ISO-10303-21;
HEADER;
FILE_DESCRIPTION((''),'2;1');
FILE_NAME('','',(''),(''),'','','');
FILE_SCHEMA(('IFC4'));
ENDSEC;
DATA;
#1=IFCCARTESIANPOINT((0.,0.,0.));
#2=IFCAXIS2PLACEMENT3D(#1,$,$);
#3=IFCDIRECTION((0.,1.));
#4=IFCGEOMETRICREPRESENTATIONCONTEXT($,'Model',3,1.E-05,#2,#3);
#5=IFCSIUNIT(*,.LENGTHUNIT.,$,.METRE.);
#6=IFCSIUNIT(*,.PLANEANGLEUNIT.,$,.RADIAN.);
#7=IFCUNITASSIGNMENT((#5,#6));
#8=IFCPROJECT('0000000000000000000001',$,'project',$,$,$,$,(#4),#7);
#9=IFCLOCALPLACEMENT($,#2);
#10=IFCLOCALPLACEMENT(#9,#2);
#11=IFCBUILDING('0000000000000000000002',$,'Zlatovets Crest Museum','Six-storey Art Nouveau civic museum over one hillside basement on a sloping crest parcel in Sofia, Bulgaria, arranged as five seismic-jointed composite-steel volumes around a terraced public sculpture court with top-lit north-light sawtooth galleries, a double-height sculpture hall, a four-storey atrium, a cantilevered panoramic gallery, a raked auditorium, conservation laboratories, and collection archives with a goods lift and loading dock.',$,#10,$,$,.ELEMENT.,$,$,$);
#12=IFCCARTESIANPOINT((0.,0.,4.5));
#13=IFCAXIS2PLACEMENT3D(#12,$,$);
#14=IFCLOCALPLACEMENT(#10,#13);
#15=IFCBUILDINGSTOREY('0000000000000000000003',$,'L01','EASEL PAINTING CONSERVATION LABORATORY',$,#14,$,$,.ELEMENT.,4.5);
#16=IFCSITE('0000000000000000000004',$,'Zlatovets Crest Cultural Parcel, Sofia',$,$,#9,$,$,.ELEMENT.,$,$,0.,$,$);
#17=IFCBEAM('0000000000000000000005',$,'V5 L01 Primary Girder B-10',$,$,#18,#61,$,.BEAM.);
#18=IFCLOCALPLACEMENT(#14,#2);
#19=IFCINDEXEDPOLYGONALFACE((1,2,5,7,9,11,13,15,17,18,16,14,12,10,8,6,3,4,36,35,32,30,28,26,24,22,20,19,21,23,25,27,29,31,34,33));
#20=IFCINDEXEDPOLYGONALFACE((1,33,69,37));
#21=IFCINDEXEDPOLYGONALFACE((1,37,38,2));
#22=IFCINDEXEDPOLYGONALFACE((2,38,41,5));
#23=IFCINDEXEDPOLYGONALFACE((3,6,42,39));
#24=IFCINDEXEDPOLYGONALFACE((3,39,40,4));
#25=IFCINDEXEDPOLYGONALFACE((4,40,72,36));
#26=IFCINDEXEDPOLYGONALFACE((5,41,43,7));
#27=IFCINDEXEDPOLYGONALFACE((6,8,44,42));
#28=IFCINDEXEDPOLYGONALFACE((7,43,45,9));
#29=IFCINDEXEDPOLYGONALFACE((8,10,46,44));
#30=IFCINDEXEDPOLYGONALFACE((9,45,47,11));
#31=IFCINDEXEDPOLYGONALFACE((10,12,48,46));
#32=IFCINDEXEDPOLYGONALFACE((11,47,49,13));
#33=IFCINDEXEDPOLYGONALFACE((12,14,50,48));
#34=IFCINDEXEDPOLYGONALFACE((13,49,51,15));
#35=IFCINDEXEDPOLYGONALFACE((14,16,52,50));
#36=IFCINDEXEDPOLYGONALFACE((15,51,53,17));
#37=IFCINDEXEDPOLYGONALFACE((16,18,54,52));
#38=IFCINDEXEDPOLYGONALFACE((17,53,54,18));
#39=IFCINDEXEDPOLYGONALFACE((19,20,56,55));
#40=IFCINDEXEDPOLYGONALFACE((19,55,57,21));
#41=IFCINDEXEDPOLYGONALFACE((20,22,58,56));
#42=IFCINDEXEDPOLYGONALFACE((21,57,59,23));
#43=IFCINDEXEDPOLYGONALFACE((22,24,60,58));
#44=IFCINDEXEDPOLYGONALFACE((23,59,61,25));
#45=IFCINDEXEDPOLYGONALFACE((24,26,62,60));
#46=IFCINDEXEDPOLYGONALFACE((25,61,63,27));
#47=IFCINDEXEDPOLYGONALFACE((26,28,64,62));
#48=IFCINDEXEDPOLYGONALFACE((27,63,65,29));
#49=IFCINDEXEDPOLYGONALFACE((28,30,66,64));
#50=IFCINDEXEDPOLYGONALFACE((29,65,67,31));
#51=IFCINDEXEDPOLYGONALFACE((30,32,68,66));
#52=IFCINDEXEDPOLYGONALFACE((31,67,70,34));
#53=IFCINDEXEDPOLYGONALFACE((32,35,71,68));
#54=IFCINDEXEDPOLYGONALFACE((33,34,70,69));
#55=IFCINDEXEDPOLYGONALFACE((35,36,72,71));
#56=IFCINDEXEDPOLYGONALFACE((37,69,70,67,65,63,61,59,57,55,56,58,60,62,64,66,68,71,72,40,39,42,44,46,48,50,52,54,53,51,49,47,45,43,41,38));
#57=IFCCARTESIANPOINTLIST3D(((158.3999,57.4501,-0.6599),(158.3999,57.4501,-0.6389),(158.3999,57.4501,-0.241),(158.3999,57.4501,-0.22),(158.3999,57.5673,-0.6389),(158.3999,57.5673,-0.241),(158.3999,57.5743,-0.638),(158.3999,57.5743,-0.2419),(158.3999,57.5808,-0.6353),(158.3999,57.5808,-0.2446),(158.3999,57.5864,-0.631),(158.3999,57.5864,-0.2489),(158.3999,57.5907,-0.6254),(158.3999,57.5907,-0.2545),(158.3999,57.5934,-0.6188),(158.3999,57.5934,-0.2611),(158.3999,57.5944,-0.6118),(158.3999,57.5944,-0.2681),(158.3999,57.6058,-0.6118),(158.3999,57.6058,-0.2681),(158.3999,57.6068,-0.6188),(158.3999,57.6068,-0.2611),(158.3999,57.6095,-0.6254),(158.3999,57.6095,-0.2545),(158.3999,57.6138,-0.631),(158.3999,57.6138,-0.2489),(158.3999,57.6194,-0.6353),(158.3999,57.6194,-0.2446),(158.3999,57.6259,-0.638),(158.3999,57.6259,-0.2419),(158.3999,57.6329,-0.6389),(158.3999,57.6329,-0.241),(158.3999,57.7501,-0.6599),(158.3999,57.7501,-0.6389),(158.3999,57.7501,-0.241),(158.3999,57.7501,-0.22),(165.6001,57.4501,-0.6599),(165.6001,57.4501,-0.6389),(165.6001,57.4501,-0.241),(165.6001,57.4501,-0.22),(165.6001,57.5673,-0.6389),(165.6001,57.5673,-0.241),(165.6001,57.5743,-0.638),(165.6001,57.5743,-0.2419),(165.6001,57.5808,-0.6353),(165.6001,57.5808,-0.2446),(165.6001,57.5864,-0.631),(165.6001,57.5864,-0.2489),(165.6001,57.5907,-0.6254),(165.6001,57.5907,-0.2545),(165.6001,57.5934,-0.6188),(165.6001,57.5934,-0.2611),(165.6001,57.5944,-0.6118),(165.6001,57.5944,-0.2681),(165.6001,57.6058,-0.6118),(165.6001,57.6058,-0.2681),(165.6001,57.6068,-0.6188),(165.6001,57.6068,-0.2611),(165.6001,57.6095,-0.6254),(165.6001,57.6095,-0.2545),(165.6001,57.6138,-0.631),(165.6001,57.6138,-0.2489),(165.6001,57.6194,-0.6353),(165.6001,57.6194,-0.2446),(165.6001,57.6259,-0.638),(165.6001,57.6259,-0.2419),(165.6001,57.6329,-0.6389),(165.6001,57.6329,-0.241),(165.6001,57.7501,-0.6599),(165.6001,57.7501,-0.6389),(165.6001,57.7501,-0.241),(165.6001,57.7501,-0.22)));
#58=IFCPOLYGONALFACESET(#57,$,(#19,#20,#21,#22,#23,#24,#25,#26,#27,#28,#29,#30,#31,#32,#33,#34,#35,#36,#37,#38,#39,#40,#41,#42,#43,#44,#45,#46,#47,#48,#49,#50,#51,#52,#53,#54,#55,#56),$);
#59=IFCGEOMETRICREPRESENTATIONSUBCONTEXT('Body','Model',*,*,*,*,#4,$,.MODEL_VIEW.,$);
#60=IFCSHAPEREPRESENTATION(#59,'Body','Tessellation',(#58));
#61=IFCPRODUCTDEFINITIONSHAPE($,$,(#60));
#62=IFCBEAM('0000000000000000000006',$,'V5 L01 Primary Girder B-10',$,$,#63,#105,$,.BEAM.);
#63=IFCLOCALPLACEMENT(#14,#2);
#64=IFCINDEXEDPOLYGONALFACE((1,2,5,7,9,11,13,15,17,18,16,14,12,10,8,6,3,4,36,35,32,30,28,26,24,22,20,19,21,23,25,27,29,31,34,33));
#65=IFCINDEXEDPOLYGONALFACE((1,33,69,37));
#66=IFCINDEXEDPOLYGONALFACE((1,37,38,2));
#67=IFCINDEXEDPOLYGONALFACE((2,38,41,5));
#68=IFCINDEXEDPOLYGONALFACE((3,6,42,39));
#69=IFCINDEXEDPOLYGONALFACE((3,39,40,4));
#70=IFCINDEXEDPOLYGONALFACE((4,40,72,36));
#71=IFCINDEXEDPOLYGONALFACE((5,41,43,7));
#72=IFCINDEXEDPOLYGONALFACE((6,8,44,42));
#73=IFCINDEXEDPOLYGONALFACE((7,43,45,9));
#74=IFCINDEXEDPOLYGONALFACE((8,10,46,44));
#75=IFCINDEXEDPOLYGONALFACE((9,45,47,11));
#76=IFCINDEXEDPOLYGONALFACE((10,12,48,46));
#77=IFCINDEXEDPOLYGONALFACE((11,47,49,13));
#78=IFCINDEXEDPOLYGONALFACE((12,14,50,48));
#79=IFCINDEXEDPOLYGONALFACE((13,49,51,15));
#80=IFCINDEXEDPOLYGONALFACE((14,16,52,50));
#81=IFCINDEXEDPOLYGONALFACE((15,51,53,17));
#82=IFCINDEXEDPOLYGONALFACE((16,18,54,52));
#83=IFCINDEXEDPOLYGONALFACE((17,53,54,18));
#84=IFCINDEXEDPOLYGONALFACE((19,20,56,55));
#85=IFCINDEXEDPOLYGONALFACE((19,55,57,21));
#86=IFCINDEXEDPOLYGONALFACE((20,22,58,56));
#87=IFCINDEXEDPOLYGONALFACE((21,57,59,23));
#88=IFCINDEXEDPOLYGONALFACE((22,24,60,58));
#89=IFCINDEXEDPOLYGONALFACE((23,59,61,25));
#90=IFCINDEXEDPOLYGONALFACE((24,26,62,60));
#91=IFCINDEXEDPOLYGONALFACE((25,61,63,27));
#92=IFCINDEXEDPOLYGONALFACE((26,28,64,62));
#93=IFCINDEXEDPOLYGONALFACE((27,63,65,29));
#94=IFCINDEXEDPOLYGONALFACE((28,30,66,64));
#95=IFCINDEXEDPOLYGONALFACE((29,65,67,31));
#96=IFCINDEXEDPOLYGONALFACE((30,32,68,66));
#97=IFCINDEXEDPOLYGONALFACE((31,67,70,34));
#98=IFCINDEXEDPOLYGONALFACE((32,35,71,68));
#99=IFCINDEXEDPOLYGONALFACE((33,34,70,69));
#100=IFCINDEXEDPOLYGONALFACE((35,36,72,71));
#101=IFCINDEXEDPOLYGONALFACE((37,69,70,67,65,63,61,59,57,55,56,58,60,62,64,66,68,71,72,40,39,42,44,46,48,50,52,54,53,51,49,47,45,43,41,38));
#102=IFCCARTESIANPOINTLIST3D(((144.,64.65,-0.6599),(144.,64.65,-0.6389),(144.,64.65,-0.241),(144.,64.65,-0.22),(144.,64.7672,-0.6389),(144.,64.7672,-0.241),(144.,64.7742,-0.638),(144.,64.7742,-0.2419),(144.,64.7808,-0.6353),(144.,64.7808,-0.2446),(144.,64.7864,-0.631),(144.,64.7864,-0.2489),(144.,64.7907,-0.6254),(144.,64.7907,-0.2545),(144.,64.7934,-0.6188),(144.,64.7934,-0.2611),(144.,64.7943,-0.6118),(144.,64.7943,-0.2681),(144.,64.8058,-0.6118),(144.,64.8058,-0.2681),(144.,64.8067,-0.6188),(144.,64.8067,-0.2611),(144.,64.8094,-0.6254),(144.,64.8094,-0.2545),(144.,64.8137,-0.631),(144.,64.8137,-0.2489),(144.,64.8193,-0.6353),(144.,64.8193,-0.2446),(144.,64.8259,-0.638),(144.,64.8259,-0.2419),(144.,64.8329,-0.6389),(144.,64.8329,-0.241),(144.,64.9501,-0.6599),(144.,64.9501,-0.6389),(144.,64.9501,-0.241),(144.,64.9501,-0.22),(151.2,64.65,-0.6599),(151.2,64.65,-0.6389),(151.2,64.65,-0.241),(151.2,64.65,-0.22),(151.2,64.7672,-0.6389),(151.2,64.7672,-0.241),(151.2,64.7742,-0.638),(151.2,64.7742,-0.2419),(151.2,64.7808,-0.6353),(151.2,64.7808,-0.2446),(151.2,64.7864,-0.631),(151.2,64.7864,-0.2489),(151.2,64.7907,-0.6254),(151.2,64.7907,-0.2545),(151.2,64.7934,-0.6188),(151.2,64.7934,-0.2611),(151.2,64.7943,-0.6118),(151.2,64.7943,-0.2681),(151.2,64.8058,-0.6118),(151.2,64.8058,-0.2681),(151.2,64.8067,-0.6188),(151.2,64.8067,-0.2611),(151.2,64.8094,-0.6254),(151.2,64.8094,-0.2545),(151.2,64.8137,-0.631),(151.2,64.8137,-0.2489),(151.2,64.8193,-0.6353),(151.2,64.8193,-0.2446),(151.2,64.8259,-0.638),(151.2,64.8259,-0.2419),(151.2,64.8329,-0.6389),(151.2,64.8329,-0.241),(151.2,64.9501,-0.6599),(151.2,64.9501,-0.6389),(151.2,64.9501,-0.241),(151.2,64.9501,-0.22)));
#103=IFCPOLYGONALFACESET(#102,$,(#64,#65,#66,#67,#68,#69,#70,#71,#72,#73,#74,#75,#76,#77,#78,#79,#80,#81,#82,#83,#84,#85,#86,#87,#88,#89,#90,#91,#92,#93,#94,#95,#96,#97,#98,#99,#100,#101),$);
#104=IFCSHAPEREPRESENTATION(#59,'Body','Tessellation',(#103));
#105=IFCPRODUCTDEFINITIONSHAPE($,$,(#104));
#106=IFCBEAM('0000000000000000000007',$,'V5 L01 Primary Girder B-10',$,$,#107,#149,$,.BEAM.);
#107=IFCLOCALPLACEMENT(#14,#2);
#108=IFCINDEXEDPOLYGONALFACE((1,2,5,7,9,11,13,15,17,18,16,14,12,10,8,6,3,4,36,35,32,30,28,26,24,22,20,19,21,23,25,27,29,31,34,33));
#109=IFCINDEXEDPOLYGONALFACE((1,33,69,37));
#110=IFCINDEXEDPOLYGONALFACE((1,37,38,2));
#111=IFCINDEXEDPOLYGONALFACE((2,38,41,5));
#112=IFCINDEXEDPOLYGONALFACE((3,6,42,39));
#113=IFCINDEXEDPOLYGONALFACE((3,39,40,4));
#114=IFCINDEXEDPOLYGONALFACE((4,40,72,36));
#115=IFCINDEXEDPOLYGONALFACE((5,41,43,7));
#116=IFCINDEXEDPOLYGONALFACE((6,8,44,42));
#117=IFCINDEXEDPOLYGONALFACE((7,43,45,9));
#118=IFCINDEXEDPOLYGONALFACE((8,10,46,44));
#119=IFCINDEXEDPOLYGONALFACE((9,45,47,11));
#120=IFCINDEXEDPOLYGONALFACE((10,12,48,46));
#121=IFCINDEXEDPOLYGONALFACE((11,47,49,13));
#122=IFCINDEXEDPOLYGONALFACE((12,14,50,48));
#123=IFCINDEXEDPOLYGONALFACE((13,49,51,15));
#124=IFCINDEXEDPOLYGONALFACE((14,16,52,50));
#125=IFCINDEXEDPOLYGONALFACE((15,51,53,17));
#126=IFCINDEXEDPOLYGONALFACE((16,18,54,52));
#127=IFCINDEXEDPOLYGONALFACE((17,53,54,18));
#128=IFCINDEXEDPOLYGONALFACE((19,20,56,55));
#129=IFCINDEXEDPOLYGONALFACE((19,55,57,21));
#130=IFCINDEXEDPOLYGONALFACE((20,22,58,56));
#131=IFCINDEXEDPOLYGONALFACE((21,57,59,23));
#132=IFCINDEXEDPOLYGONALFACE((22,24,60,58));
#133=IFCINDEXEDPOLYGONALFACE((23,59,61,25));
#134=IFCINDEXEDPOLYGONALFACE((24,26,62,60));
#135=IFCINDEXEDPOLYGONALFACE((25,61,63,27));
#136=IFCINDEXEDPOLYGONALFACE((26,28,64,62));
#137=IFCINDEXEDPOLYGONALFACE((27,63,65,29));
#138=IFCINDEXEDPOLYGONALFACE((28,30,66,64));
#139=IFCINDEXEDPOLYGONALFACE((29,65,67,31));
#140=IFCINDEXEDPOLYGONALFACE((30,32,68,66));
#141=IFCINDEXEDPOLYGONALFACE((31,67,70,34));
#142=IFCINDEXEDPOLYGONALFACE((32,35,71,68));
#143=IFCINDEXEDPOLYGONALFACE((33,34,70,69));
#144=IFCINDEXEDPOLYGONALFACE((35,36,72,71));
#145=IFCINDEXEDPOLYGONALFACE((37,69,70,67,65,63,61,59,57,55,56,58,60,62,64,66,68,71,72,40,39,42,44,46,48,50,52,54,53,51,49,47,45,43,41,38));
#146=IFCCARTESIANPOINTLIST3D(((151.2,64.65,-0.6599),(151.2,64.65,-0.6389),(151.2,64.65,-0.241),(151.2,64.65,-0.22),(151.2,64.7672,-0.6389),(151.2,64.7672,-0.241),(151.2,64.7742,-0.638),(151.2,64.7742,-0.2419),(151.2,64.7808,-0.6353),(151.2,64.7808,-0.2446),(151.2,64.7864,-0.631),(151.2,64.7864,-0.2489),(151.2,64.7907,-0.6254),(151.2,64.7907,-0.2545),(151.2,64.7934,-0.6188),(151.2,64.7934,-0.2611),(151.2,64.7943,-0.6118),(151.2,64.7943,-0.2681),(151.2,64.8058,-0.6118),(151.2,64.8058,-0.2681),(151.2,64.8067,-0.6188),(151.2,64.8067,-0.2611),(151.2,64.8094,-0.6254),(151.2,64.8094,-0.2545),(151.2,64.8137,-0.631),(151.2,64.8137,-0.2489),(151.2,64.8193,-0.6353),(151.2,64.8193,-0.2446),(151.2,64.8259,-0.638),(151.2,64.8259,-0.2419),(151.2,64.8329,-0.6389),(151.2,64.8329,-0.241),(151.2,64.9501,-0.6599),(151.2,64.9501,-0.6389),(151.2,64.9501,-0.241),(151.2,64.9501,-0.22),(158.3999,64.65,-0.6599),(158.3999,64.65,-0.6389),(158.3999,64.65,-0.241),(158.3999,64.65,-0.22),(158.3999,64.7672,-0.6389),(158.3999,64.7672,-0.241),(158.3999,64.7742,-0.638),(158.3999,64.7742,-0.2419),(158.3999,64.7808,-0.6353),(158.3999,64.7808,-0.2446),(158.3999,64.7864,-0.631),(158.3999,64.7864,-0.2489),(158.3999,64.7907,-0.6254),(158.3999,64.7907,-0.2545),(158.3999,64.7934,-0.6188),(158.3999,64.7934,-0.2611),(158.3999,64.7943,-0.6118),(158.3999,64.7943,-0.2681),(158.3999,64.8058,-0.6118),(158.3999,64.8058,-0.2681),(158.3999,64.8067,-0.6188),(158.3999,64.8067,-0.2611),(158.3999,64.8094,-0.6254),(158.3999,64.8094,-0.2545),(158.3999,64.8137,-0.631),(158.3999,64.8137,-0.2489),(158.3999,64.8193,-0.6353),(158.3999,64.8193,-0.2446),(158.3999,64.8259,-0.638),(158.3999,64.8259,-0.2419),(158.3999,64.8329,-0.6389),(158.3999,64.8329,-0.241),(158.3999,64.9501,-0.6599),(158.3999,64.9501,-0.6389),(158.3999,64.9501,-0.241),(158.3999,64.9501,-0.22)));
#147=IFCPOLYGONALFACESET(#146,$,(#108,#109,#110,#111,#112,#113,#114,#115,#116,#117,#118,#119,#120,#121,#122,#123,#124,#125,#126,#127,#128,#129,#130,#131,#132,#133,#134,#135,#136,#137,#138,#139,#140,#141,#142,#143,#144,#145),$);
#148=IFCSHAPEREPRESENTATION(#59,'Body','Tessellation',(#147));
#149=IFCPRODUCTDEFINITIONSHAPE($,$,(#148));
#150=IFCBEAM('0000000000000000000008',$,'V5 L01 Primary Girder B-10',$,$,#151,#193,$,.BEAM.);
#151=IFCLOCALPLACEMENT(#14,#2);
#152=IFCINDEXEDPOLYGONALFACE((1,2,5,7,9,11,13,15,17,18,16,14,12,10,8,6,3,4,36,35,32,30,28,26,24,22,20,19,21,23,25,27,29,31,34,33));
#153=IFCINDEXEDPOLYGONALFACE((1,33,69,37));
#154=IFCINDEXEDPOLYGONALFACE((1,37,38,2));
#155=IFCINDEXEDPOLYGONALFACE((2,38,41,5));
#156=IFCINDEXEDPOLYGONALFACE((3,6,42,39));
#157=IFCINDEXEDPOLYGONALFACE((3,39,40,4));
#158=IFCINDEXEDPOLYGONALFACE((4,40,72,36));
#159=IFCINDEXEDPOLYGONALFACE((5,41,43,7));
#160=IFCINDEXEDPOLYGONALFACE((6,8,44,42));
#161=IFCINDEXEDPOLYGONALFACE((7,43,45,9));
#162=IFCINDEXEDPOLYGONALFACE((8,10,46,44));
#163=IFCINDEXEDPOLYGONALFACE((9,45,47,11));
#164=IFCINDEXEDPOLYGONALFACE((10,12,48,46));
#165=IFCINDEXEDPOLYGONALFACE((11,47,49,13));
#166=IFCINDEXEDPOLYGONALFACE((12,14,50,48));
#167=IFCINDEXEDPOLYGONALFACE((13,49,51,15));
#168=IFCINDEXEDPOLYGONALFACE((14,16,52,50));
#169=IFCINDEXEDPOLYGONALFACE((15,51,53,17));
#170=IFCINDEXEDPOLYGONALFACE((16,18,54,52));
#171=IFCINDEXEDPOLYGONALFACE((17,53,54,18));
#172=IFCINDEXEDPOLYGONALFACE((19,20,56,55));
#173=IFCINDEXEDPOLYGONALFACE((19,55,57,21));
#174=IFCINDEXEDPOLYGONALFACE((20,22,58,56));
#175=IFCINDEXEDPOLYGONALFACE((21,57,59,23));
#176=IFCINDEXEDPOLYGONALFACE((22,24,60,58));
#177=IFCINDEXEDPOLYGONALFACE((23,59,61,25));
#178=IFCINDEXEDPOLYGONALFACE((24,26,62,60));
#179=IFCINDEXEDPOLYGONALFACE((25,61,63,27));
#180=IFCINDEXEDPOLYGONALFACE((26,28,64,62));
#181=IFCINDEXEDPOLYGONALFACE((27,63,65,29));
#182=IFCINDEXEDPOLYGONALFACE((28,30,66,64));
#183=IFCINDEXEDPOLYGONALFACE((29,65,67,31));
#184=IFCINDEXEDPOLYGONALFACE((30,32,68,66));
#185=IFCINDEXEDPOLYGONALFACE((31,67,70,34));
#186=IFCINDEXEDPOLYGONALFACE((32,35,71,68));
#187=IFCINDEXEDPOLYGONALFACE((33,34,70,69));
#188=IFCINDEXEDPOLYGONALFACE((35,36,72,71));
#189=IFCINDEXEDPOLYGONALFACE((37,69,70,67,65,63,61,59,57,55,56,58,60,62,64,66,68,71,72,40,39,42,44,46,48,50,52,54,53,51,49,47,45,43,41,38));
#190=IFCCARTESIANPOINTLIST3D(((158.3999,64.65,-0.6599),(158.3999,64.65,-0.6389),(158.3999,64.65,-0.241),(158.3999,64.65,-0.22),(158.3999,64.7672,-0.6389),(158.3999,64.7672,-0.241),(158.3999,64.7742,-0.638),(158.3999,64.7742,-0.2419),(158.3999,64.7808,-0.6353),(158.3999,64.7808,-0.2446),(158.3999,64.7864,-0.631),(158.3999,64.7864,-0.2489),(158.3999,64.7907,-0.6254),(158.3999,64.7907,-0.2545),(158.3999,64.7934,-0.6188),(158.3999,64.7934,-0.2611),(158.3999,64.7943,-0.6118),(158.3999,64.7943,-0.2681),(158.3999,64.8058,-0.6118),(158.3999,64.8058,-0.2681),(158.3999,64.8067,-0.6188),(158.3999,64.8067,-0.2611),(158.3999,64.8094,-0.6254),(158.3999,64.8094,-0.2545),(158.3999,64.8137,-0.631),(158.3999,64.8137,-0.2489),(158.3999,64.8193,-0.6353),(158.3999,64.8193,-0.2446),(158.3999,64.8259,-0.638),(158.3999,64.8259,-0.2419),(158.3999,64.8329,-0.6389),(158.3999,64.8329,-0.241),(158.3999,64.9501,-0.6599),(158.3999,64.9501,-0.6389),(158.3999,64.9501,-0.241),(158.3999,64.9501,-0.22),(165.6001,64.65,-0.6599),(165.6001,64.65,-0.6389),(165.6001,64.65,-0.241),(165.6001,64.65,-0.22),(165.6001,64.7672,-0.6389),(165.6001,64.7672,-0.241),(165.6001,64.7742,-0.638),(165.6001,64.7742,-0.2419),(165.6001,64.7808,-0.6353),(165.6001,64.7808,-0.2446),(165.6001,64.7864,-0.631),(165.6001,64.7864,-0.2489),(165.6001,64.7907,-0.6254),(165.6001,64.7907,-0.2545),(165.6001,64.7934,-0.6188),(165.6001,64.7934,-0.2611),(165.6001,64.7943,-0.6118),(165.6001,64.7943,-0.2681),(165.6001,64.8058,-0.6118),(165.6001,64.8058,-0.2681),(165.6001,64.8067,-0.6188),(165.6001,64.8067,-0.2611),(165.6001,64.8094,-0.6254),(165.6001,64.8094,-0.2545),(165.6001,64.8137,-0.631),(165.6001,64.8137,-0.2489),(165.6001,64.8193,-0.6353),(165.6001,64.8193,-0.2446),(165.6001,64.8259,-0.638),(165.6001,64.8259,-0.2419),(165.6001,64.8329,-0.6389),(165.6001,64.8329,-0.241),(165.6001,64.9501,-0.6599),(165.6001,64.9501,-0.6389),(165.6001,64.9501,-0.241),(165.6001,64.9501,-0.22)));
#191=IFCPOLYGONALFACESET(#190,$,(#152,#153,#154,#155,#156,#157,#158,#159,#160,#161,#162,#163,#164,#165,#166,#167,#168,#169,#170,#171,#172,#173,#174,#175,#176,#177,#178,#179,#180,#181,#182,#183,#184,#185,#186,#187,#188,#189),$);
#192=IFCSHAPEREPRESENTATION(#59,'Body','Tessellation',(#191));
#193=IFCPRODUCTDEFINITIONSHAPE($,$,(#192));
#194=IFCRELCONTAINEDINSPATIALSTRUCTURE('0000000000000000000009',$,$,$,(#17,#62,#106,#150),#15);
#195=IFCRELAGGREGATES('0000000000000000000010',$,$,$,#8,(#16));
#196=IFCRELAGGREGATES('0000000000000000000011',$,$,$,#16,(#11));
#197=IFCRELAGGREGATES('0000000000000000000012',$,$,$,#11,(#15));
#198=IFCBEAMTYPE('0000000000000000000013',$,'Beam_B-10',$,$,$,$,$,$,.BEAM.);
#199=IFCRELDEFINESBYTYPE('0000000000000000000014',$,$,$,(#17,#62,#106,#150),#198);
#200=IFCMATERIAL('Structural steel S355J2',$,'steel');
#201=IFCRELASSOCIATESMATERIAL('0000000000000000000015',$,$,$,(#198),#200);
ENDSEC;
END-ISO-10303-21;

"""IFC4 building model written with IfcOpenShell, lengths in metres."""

from ifc_helpers import new_model, si_unit, direction, frame, origin, origin_2d, place, context, subcontext, project, spatial, i_section, extrude, material, material_profile, profile_set, type_object, element, save


model = new_model("IFC4")

# Units and contexts
model_context = context("Model", 3, precision=1e-05, world=origin(), true_north=direction((0.0, 1.0)))
body_context = subcontext(model_context, "Body", "Model", "MODEL_VIEW")
ifc_project = project(units=[si_unit("LENGTHUNIT", "METRE"), si_unit("PLANEANGLEUNIT", "RADIAN")], contexts=[model_context])

# Site, building, storey
site_placement = place(None, origin())
site = spatial("IfcSite", under=ifc_project, at=site_placement, Name="Zlatovets Crest Cultural Parcel, Sofia", CompositionType="ELEMENT", RefElevation=0.0)
building_placement = place(site_placement, origin())
building = spatial("IfcBuilding", under=site, at=building_placement, Name="Zlatovets Crest Museum", Description="Six-storey Art Nouveau civic museum over one hillside basement on a sloping crest parcel in Sofia, Bulgaria, arranged as five seismic-jointed composite-steel volumes around a terraced public sculpture court with top-lit north-light sawtooth galleries, a double-height sculpture hall, a four-storey atrium, a cantilevered panoramic gallery, a raked auditorium, conservation laboratories, and collection archives with a goods lift and loading dock.", CompositionType="ELEMENT")
storey_placement = place(building_placement, frame((0.0, 0.0, 4.5)))
storey = spatial("IfcBuildingStorey", under=building, at=storey_placement, Name="L01", Description="EASEL PAINTING CONSERVATION LABORATORY", CompositionType="ELEMENT", Elevation=4.5)

# Shared definitions
ifc_material_1 = material(Name="Structural steel S355J2", Category="steel")

# Beams
ifc_material_profile_1 = material_profile(ifc_material_1, i_section(OverallWidth=0.3, OverallDepth=0.4399, WebThickness=0.0115, FlangeThickness=0.021, FilletRadius=0.0271, at=origin_2d()), Name="HEA 450")
ifc_profile_set_1 = profile_set([ifc_material_profile_1], Name="Structural steel S355J2")
beam_type_1 = type_object("IfcBeamType", Name="Beam_B-10", PredefinedType="BEAM", material=ifc_profile_set_1)
beam_1_placement = place(storey_placement, frame((158.3999, 57.6001, -0.4399), z_axis=(1.0, 0.0, 0.0), x_axis=(0.0, 1.0, 0.0)))
element("IfcBeam", 1, at=beam_1_placement, inside=storey, type_object=beam_type_1, Name="V5 L01 Primary Girder B-10", PredefinedType="BEAM", context=body_context, shape_type="SweptSolid", body=[
    extrude(i_section(OverallWidth=0.3, OverallDepth=0.4399, WebThickness=0.0115, FlangeThickness=0.021, FilletRadius=0.0271, at=origin_2d()), origin(), (0.0, 0.0, 1.0), 7.2002),
])
for number, where, z_axis, x_axis, name in (
    (2, (144.0, 64.8, -0.4399), (1.0, 0.0, 0.0), (0.0, 1.0, 0.0), "V5 L01 Primary Girder B-10"),
    (3, (151.2, 64.8, -0.4399), (1.0, 0.0, 0.0), (0.0, 1.0, 0.0), "V5 L01 Primary Girder B-10"),
):
    element("IfcBeam", number, at=place(storey_placement, frame(where, z_axis=z_axis, x_axis=x_axis)), inside=storey, type_object=beam_type_1, Name=name, PredefinedType="BEAM", context=body_context, shape_type="SweptSolid", body=[
        extrude(i_section(OverallWidth=0.3, OverallDepth=0.4399, WebThickness=0.0115, FlangeThickness=0.021, FilletRadius=0.0271, at=origin_2d()), origin(), (0.0, 0.0, 1.0), 7.2),
    ])
beam_2_placement = place(storey_placement, frame((158.3999, 64.8, -0.4399), z_axis=(1.0, 0.0, 0.0), x_axis=(0.0, 1.0, 0.0)))
element("IfcBeam", 4, at=beam_2_placement, inside=storey, type_object=beam_type_1, Name="V5 L01 Primary Girder B-10", PredefinedType="BEAM", context=body_context, shape_type="SweptSolid", body=[
    extrude(i_section(OverallWidth=0.3, OverallDepth=0.4399, WebThickness=0.0115, FlangeThickness=0.021, FilletRadius=0.0271, at=origin_2d()), origin(), (0.0, 0.0, 1.0), 7.2002),
])

save(model, "model.ifc")
